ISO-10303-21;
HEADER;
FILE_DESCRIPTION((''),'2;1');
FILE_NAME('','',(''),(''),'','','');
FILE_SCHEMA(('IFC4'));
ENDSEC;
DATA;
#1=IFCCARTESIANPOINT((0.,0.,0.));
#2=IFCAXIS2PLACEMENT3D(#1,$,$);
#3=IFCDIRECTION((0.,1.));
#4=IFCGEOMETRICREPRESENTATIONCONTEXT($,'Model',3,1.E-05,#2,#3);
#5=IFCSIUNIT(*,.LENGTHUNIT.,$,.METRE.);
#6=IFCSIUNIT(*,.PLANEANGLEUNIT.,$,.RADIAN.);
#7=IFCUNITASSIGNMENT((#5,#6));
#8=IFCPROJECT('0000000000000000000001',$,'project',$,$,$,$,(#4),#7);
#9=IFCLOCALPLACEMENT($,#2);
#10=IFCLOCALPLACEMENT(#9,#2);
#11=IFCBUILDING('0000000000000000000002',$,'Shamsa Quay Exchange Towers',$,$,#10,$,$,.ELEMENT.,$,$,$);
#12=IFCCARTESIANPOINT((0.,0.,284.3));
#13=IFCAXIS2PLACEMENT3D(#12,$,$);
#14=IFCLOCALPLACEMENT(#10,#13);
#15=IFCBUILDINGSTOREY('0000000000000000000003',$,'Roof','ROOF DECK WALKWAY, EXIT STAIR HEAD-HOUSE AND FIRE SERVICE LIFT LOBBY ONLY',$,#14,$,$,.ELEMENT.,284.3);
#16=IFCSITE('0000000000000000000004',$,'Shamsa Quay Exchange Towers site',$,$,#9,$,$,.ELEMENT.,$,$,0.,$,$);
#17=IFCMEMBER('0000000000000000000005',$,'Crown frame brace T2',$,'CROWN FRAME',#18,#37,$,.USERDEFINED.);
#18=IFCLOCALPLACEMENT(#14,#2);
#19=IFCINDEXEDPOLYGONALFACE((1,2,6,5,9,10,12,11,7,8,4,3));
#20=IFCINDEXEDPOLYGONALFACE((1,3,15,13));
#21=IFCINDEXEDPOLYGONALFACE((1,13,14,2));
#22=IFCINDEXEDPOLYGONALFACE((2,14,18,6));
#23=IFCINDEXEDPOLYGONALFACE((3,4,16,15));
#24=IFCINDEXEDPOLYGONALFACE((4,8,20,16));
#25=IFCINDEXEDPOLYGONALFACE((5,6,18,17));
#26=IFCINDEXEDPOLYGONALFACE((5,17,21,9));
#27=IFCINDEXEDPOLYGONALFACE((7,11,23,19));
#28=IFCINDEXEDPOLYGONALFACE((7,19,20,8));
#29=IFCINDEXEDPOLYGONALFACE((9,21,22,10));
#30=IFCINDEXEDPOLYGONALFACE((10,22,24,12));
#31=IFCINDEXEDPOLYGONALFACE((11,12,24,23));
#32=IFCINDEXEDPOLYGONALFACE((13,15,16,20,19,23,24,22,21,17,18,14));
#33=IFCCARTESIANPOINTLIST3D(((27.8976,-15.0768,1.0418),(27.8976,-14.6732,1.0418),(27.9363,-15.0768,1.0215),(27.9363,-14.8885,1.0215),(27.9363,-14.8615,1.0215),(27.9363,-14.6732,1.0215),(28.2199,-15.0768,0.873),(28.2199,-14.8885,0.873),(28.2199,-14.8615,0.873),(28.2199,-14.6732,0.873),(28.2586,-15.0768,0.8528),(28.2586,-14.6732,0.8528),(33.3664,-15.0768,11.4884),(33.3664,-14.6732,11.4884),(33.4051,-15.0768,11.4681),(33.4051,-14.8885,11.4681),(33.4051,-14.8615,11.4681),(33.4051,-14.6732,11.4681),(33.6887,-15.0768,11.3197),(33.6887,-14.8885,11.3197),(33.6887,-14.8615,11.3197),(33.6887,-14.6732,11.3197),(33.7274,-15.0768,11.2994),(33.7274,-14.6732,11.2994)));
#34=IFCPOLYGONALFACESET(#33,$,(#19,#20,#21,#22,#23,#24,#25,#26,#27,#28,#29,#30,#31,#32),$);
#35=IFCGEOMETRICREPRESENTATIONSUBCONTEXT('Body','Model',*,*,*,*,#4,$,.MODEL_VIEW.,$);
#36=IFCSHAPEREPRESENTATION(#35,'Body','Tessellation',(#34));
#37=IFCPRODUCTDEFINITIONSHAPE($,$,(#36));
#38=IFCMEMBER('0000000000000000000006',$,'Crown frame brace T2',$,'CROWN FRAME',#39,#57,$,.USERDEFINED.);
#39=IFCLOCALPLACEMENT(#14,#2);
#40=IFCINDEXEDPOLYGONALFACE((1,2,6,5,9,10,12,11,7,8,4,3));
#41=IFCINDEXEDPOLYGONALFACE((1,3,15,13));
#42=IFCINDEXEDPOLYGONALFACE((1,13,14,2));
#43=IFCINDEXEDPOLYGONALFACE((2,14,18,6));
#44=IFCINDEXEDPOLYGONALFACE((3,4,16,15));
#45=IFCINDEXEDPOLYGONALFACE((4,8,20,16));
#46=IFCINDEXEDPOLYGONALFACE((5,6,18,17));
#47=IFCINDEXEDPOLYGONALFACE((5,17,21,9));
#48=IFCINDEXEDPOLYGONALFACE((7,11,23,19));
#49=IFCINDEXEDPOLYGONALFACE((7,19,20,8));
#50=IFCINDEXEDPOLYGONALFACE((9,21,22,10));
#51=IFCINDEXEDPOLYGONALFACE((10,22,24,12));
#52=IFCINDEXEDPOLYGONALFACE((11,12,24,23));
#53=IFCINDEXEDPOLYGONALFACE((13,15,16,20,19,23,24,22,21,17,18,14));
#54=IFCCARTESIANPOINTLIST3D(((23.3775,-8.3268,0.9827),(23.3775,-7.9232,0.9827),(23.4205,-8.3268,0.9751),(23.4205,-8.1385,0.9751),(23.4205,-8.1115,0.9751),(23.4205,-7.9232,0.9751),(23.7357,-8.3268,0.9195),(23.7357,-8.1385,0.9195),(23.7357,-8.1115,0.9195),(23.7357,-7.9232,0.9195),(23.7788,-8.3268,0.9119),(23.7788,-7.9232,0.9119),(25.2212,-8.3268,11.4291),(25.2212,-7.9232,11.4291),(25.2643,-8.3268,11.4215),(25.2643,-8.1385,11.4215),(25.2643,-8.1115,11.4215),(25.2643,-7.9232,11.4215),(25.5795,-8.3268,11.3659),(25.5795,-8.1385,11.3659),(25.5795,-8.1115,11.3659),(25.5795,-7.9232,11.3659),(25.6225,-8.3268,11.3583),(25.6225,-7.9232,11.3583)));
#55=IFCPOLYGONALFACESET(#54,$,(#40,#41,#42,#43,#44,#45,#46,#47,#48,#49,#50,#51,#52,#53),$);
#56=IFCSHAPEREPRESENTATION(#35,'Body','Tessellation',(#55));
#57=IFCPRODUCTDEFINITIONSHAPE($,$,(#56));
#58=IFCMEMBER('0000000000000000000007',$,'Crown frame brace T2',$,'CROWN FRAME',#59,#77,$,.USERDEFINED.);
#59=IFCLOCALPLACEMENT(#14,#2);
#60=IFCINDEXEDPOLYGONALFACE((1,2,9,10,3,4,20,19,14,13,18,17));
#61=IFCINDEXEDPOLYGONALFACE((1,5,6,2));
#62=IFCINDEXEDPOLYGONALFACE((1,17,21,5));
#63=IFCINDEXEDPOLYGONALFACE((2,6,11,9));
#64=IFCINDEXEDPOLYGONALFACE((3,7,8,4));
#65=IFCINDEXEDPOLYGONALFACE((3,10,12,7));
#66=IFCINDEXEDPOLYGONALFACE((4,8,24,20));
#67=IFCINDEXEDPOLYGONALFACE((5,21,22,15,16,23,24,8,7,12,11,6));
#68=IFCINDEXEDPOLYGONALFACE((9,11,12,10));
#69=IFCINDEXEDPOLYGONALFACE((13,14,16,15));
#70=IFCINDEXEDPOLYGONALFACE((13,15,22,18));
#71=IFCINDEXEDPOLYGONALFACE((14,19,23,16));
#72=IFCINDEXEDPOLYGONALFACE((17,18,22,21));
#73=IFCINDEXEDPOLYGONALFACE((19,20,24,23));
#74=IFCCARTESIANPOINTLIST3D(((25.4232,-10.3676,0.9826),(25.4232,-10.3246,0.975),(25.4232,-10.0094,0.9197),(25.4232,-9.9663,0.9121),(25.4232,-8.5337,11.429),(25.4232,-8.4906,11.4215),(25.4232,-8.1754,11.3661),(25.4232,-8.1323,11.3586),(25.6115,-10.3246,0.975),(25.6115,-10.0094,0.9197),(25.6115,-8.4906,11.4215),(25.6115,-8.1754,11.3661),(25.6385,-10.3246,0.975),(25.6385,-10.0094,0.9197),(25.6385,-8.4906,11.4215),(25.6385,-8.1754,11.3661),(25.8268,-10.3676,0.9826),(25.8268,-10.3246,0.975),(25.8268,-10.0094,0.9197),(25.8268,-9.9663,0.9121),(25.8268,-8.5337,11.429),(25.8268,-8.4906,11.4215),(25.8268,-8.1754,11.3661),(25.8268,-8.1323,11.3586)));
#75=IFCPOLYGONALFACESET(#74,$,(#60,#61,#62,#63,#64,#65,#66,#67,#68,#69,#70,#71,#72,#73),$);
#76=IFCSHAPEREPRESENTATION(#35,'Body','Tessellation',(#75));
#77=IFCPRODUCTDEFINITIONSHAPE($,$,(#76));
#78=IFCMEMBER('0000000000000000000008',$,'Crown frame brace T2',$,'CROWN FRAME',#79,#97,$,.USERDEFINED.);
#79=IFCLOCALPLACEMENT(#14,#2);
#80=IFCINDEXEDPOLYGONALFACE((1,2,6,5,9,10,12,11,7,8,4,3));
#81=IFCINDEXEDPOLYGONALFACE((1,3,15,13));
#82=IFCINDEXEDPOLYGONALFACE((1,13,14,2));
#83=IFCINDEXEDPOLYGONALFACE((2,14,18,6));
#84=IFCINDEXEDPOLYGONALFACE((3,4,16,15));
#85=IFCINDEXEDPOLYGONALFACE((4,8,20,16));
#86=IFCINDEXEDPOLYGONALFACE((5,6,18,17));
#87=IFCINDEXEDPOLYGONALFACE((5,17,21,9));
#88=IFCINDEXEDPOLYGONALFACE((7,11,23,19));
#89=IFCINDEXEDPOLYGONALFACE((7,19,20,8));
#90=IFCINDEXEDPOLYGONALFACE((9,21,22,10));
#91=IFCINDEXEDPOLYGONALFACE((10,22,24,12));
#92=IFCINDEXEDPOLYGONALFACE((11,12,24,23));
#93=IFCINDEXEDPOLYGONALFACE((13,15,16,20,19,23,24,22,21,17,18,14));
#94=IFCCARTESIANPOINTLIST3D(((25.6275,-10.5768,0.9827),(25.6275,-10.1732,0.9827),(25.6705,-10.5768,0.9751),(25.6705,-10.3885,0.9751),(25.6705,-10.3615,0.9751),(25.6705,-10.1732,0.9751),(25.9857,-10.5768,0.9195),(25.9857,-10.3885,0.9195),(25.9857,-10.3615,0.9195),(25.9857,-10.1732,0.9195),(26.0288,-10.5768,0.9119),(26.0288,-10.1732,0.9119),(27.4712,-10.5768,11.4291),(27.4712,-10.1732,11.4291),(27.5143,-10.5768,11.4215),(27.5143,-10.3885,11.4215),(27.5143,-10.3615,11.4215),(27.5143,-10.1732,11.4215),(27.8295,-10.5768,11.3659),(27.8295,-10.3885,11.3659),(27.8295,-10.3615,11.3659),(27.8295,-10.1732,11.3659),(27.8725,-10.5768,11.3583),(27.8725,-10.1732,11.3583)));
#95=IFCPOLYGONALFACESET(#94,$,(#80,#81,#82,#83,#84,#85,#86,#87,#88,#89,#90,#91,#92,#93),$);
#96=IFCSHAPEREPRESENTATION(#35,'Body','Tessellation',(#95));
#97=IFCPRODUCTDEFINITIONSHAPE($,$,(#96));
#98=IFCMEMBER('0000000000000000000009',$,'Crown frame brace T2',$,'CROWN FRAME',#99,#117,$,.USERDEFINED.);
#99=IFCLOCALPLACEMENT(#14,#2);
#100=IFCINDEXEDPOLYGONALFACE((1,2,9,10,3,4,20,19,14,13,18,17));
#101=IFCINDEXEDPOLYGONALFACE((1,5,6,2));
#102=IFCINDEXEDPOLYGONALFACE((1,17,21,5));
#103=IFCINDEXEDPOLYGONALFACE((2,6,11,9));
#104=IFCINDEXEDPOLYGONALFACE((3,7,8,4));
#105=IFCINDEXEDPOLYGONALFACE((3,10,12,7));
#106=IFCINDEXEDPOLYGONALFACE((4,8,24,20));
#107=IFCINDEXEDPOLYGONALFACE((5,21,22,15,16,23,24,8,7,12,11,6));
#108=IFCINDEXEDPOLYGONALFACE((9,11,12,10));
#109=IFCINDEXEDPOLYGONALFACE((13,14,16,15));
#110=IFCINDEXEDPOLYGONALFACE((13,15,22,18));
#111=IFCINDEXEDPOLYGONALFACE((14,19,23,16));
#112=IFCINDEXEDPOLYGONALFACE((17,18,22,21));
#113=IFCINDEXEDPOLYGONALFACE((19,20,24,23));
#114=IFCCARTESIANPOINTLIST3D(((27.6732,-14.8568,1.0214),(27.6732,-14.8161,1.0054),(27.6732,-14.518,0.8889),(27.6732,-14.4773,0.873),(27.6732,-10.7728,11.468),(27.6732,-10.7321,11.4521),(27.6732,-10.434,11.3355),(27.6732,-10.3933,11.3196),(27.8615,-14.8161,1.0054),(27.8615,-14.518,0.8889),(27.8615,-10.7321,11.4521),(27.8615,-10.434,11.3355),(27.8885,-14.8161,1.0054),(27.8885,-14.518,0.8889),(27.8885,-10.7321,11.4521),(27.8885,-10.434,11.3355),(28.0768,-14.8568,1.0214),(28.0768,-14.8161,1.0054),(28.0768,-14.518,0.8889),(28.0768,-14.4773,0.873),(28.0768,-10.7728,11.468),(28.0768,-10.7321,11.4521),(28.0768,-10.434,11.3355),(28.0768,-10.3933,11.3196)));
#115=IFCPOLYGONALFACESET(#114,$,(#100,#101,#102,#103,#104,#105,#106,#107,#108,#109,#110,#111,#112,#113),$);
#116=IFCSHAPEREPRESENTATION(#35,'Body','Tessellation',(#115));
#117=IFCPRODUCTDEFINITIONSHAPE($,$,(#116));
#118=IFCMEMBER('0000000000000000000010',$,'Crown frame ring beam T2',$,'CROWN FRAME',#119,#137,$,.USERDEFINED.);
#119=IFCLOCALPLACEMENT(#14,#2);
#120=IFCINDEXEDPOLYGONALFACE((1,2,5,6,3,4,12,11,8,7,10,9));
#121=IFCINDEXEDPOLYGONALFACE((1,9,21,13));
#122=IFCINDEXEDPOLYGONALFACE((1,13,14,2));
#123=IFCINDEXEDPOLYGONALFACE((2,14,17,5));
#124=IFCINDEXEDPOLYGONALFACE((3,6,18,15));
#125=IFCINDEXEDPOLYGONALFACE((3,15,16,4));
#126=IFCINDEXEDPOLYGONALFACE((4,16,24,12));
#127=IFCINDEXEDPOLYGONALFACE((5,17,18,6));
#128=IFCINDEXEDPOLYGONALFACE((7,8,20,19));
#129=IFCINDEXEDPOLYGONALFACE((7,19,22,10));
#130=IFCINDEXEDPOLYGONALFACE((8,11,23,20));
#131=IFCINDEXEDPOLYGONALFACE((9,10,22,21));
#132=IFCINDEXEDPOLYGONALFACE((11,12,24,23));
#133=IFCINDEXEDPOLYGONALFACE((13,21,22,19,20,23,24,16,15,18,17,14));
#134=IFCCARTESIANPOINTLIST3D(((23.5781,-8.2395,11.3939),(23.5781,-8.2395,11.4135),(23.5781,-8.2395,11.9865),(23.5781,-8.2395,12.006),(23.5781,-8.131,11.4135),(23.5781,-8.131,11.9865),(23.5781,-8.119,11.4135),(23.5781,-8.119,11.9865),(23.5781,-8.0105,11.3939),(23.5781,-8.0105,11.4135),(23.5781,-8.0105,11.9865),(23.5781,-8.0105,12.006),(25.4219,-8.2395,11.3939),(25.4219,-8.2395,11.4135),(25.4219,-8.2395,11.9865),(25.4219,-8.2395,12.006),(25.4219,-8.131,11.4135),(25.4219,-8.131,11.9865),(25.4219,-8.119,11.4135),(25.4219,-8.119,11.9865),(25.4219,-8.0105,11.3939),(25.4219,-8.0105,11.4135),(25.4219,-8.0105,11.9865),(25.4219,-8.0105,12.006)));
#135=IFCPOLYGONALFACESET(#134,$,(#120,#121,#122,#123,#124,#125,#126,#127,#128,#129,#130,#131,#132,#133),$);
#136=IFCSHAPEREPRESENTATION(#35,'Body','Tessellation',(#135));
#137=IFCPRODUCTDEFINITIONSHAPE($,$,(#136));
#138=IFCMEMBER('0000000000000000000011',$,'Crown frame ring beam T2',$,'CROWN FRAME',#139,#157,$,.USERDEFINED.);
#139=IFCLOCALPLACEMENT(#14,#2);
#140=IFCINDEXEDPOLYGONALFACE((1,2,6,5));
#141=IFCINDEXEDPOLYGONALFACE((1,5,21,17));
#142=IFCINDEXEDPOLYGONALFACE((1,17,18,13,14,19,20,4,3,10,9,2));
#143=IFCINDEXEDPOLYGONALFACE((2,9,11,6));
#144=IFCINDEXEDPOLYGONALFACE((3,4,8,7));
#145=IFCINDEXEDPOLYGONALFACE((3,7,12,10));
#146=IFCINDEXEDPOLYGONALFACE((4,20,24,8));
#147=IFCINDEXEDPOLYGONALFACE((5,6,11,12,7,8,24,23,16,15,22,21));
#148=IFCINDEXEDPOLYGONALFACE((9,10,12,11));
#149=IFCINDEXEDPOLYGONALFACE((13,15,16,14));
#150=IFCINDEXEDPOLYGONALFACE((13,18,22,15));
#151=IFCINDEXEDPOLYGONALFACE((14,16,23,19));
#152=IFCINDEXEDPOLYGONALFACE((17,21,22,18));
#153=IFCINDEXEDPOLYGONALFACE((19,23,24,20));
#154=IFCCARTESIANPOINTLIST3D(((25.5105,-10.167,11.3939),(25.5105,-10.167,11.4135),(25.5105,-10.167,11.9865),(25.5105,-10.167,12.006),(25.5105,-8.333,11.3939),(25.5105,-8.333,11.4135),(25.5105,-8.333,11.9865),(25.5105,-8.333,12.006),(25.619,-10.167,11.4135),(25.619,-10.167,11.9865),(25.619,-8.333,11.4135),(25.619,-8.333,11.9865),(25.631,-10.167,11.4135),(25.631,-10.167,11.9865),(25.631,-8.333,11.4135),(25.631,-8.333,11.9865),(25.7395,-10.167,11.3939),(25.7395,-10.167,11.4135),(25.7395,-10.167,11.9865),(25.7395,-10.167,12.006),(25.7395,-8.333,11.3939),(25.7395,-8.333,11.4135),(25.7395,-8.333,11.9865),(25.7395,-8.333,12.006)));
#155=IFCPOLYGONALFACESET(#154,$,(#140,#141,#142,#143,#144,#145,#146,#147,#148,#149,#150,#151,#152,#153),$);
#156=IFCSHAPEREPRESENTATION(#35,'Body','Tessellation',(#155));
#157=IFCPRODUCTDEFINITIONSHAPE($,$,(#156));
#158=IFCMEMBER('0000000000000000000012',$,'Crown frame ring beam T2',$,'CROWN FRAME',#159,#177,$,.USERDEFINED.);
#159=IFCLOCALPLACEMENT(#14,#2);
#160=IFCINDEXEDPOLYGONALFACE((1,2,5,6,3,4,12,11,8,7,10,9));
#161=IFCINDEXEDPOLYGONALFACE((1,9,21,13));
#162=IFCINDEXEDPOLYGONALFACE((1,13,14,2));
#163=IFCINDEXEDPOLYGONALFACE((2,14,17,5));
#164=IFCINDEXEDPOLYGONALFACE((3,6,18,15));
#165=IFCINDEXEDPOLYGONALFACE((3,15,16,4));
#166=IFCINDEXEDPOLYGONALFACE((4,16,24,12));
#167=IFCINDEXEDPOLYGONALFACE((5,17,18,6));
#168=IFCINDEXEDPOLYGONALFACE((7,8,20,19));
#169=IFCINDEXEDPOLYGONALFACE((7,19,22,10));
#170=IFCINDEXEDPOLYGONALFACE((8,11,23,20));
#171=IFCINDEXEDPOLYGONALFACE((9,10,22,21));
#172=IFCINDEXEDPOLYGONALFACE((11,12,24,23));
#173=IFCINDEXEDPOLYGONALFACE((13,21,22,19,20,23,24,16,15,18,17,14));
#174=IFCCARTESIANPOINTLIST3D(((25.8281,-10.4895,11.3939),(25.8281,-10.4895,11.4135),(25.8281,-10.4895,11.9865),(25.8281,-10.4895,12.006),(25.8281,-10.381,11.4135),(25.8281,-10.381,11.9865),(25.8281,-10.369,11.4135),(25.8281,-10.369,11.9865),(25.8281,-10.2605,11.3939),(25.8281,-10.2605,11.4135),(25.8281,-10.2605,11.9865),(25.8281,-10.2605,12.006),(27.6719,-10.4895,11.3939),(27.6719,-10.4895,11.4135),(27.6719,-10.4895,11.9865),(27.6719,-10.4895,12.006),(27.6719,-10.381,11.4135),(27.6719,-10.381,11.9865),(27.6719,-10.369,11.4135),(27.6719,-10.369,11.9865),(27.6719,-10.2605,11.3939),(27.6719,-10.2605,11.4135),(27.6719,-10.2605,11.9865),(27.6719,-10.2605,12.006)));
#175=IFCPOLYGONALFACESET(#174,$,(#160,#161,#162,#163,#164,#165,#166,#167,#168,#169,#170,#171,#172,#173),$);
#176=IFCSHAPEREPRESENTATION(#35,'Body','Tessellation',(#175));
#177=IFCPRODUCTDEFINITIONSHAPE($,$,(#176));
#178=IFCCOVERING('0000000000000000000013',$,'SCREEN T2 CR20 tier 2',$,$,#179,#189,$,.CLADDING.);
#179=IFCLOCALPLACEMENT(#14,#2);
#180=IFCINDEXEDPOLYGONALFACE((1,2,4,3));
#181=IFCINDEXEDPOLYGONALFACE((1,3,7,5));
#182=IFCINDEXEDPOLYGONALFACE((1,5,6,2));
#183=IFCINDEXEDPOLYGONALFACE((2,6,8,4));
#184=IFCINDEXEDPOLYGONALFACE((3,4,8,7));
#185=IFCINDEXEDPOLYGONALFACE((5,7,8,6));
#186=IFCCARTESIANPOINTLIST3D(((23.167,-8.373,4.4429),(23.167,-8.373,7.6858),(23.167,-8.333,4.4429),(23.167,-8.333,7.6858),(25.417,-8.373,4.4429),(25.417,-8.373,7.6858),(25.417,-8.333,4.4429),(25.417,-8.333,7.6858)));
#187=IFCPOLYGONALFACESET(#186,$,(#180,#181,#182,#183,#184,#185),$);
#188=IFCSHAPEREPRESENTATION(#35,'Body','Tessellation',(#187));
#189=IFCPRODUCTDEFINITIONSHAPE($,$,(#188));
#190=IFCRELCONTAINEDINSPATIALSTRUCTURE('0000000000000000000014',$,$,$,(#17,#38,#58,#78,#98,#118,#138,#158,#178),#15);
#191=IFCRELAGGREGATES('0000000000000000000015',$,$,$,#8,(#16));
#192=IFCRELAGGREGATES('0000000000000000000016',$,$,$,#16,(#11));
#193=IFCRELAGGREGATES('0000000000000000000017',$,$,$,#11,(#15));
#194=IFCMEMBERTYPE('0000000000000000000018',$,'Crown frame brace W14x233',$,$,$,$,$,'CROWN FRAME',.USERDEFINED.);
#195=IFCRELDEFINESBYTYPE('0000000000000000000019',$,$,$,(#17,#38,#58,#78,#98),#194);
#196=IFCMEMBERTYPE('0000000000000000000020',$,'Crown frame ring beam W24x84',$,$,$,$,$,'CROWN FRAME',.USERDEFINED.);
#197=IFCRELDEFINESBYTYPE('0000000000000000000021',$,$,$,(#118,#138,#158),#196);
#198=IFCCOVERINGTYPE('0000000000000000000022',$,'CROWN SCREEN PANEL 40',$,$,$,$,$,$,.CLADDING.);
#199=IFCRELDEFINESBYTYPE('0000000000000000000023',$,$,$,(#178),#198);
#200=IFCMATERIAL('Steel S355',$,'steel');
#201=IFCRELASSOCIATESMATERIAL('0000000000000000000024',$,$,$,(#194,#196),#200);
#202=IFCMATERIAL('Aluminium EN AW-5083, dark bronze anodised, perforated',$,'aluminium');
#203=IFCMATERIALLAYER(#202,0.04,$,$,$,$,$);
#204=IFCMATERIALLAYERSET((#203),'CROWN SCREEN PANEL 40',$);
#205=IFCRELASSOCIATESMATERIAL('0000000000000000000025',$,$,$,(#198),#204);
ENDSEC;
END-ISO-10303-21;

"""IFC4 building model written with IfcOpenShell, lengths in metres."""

from ifc_helpers import new_model, si_unit, direction, frame, origin, origin_2d, place, context, subcontext, project, spatial, rectangle, i_section, extrude, material, layer, layer_set, material_profile, profile_set, type_object, element, save


model = new_model("IFC4")

# Units and contexts
model_context = context("Model", 3, precision=1e-05, world=origin(), true_north=direction((0.0, 1.0)))
body_context = subcontext(model_context, "Body", "Model", "MODEL_VIEW")
ifc_project = project(units=[si_unit("LENGTHUNIT", "METRE"), si_unit("PLANEANGLEUNIT", "RADIAN")], contexts=[model_context])

# Site, building, storey
site_placement = place(None, origin())
site = spatial("IfcSite", under=ifc_project, at=site_placement, Name="Shamsa Quay Exchange Towers site", CompositionType="ELEMENT", RefElevation=0.0)
building_placement = place(site_placement, origin())
building = spatial("IfcBuilding", under=site, at=building_placement, Name="Shamsa Quay Exchange Towers", CompositionType="ELEMENT")
storey_placement = place(building_placement, frame((0.0, 0.0, 284.3)))
storey = spatial("IfcBuildingStorey", under=building, at=storey_placement, Name="Roof", Description="ROOF DECK WALKWAY, EXIT STAIR HEAD-HOUSE AND FIRE SERVICE LIFT LOBBY ONLY", CompositionType="ELEMENT", Elevation=284.3)

# Members
ifc_material_1 = material(Name="Steel S355", Category="steel")
ifc_material_profile_1 = material_profile(ifc_material_1, i_section(OverallWidth=0.4036, OverallDepth=0.4075, WebThickness=0.0271, FlangeThickness=0.0437, at=origin_2d()), Name="W14x233")
ifc_profile_set_1 = profile_set([ifc_material_profile_1], Name="Steel S355")
member_type_1 = type_object("IfcMemberType", Name="Crown frame brace W14x233", ElementType="CROWN FRAME", PredefinedType="USERDEFINED", material=ifc_profile_set_1)
member_1_placement = place(storey_placement, frame((28.0781, -14.875, 0.9473), z_axis=(0.463791, 0.0, 0.885945), x_axis=(0.0, 1.0, 0.0)))
element("IfcMember", 1, at=member_1_placement, inside=storey, type_object=member_type_1, Name="Crown frame brace T2", ObjectType="CROWN FRAME", PredefinedType="USERDEFINED", context=body_context, shape_type="SweptSolid", body=[
    extrude(i_section(OverallWidth=0.4036, OverallDepth=0.4075, WebThickness=0.0271, FlangeThickness=0.0437, at=origin_2d()), origin(), (0.0, 0.0, 1.0), 11.7915),
])
member_2_placement = place(storey_placement, frame((23.5781, -8.125, 0.9473), z_axis=(0.173808, 0.0, 0.98478), x_axis=(0.0, 1.0, 0.0)))
element("IfcMember", 2, at=member_2_placement, inside=storey, type_object=member_type_1, Name="Crown frame brace T2", ObjectType="CROWN FRAME", PredefinedType="USERDEFINED", context=body_context, shape_type="SweptSolid", body=[
    extrude(i_section(OverallWidth=0.4036, OverallDepth=0.4075, WebThickness=0.0271, FlangeThickness=0.0437, at=origin_2d()), origin(), (0.0, 0.0, 1.0), 10.6079),
])
member_3_placement = place(storey_placement, frame((25.625, -8.333, 11.3938), z_axis=(0.0, -0.172915, -0.984937), x_axis=(1.0, 0.0, 0.0)))
element("IfcMember", 3, at=member_3_placement, inside=storey, type_object=member_type_1, Name="Crown frame brace T2", ObjectType="CROWN FRAME", PredefinedType="USERDEFINED", context=body_context, shape_type="SweptSolid", body=[
    extrude(i_section(OverallWidth=0.4036, OverallDepth=0.4075, WebThickness=0.0271, FlangeThickness=0.0437, at=origin_2d()), origin(), (0.0, 0.0, 1.0), 10.6062),
])
member_4_placement = place(storey_placement, frame((25.8281, -10.375, 0.9473), z_axis=(0.173808, 0.0, 0.98478), x_axis=(0.0, 1.0, 0.0)))
element("IfcMember", 4, at=member_4_placement, inside=storey, type_object=member_type_1, Name="Crown frame brace T2", ObjectType="CROWN FRAME", PredefinedType="USERDEFINED", context=body_context, shape_type="SweptSolid", body=[
    extrude(i_section(OverallWidth=0.4036, OverallDepth=0.4075, WebThickness=0.0271, FlangeThickness=0.0437, at=origin_2d()), origin(), (0.0, 0.0, 1.0), 10.6079),
])
member_5_placement = place(storey_placement, frame((27.875, -10.583, 11.3938), z_axis=(0.0, -0.364106, -0.931357), x_axis=(1.0, 0.0, 0.0)))
element("IfcMember", 5, at=member_5_placement, inside=storey, type_object=member_type_1, Name="Crown frame brace T2", ObjectType="CROWN FRAME", PredefinedType="USERDEFINED", context=body_context, shape_type="SweptSolid", body=[
    extrude(i_section(OverallWidth=0.4036, OverallDepth=0.4075, WebThickness=0.0271, FlangeThickness=0.0437, at=origin_2d()), origin(), (0.0, 0.0, 1.0), 11.2166),
])
ifc_material_profile_2 = material_profile(ifc_material_1, i_section(OverallWidth=0.229, OverallDepth=0.6121, WebThickness=0.012, FlangeThickness=0.0195, at=origin_2d()), Name="W24x84")
ifc_profile_set_2 = profile_set([ifc_material_profile_2], Name="Steel S355")
member_type_2 = type_object("IfcMemberType", Name="Crown frame ring beam W24x84", ElementType="CROWN FRAME", PredefinedType="USERDEFINED", material=ifc_profile_set_2)
member_6_placement = place(storey_placement, frame((23.5781, -8.125, 11.7), z_axis=(1.0, 0.0, 0.0), x_axis=(0.0, 1.0, 0.0)))
element("IfcMember", 6, at=member_6_placement, inside=storey, type_object=member_type_2, Name="Crown frame ring beam T2", ObjectType="CROWN FRAME", PredefinedType="USERDEFINED", context=body_context, shape_type="SweptSolid", body=[
    extrude(i_section(OverallWidth=0.229, OverallDepth=0.6121, WebThickness=0.012, FlangeThickness=0.0195, at=origin_2d()), origin(), (0.0, 0.0, 1.0), 1.8438),
])
member_7_placement = place(storey_placement, frame((25.625, -8.333, 11.7), z_axis=(0.0, -1.0, 0.0), x_axis=(1.0, 0.0, 0.0)))
element("IfcMember", 7, at=member_7_placement, inside=storey, type_object=member_type_2, Name="Crown frame ring beam T2", ObjectType="CROWN FRAME", PredefinedType="USERDEFINED", context=body_context, shape_type="SweptSolid", body=[
    extrude(i_section(OverallWidth=0.229, OverallDepth=0.6121, WebThickness=0.012, FlangeThickness=0.0195, at=origin_2d()), origin(), (0.0, 0.0, 1.0), 1.834),
])
member_8_placement = place(storey_placement, frame((25.8281, -10.375, 11.7), z_axis=(1.0, 0.0, 0.0), x_axis=(0.0, 1.0, 0.0)))
element("IfcMember", 8, at=member_8_placement, inside=storey, type_object=member_type_2, Name="Crown frame ring beam T2", ObjectType="CROWN FRAME", PredefinedType="USERDEFINED", context=body_context, shape_type="SweptSolid", body=[
    extrude(i_section(OverallWidth=0.229, OverallDepth=0.6121, WebThickness=0.012, FlangeThickness=0.0195, at=origin_2d()), origin(), (0.0, 0.0, 1.0), 1.8438),
])

# Covering
ifc_material_2 = material(Name="Aluminium EN AW-5083, dark bronze anodised, perforated", Category="aluminium")
ifc_layer = layer(ifc_material_2, 0.04)
ifc_layer_set = layer_set([ifc_layer], Name="CROWN SCREEN PANEL 40")
covering_type = type_object("IfcCoveringType", Name="CROWN SCREEN PANEL 40", PredefinedType="CLADDING", material=ifc_layer_set)
for number, where, name in (
    (9, (24.292, -8.353, 4.4429), "SCREEN T2 CR20 tier 2"),
):
    element("IfcCovering", number, at=place(storey_placement, frame(where)), inside=storey, type_object=covering_type, Name=name, PredefinedType="CLADDING", context=body_context, shape_type="SweptSolid", body=[
        extrude(rectangle(XDim=2.25, YDim=0.04, at=origin_2d()), origin(), (0.0, 0.0, 1.0), 3.2429),
    ])

save(model, "model.ifc")
